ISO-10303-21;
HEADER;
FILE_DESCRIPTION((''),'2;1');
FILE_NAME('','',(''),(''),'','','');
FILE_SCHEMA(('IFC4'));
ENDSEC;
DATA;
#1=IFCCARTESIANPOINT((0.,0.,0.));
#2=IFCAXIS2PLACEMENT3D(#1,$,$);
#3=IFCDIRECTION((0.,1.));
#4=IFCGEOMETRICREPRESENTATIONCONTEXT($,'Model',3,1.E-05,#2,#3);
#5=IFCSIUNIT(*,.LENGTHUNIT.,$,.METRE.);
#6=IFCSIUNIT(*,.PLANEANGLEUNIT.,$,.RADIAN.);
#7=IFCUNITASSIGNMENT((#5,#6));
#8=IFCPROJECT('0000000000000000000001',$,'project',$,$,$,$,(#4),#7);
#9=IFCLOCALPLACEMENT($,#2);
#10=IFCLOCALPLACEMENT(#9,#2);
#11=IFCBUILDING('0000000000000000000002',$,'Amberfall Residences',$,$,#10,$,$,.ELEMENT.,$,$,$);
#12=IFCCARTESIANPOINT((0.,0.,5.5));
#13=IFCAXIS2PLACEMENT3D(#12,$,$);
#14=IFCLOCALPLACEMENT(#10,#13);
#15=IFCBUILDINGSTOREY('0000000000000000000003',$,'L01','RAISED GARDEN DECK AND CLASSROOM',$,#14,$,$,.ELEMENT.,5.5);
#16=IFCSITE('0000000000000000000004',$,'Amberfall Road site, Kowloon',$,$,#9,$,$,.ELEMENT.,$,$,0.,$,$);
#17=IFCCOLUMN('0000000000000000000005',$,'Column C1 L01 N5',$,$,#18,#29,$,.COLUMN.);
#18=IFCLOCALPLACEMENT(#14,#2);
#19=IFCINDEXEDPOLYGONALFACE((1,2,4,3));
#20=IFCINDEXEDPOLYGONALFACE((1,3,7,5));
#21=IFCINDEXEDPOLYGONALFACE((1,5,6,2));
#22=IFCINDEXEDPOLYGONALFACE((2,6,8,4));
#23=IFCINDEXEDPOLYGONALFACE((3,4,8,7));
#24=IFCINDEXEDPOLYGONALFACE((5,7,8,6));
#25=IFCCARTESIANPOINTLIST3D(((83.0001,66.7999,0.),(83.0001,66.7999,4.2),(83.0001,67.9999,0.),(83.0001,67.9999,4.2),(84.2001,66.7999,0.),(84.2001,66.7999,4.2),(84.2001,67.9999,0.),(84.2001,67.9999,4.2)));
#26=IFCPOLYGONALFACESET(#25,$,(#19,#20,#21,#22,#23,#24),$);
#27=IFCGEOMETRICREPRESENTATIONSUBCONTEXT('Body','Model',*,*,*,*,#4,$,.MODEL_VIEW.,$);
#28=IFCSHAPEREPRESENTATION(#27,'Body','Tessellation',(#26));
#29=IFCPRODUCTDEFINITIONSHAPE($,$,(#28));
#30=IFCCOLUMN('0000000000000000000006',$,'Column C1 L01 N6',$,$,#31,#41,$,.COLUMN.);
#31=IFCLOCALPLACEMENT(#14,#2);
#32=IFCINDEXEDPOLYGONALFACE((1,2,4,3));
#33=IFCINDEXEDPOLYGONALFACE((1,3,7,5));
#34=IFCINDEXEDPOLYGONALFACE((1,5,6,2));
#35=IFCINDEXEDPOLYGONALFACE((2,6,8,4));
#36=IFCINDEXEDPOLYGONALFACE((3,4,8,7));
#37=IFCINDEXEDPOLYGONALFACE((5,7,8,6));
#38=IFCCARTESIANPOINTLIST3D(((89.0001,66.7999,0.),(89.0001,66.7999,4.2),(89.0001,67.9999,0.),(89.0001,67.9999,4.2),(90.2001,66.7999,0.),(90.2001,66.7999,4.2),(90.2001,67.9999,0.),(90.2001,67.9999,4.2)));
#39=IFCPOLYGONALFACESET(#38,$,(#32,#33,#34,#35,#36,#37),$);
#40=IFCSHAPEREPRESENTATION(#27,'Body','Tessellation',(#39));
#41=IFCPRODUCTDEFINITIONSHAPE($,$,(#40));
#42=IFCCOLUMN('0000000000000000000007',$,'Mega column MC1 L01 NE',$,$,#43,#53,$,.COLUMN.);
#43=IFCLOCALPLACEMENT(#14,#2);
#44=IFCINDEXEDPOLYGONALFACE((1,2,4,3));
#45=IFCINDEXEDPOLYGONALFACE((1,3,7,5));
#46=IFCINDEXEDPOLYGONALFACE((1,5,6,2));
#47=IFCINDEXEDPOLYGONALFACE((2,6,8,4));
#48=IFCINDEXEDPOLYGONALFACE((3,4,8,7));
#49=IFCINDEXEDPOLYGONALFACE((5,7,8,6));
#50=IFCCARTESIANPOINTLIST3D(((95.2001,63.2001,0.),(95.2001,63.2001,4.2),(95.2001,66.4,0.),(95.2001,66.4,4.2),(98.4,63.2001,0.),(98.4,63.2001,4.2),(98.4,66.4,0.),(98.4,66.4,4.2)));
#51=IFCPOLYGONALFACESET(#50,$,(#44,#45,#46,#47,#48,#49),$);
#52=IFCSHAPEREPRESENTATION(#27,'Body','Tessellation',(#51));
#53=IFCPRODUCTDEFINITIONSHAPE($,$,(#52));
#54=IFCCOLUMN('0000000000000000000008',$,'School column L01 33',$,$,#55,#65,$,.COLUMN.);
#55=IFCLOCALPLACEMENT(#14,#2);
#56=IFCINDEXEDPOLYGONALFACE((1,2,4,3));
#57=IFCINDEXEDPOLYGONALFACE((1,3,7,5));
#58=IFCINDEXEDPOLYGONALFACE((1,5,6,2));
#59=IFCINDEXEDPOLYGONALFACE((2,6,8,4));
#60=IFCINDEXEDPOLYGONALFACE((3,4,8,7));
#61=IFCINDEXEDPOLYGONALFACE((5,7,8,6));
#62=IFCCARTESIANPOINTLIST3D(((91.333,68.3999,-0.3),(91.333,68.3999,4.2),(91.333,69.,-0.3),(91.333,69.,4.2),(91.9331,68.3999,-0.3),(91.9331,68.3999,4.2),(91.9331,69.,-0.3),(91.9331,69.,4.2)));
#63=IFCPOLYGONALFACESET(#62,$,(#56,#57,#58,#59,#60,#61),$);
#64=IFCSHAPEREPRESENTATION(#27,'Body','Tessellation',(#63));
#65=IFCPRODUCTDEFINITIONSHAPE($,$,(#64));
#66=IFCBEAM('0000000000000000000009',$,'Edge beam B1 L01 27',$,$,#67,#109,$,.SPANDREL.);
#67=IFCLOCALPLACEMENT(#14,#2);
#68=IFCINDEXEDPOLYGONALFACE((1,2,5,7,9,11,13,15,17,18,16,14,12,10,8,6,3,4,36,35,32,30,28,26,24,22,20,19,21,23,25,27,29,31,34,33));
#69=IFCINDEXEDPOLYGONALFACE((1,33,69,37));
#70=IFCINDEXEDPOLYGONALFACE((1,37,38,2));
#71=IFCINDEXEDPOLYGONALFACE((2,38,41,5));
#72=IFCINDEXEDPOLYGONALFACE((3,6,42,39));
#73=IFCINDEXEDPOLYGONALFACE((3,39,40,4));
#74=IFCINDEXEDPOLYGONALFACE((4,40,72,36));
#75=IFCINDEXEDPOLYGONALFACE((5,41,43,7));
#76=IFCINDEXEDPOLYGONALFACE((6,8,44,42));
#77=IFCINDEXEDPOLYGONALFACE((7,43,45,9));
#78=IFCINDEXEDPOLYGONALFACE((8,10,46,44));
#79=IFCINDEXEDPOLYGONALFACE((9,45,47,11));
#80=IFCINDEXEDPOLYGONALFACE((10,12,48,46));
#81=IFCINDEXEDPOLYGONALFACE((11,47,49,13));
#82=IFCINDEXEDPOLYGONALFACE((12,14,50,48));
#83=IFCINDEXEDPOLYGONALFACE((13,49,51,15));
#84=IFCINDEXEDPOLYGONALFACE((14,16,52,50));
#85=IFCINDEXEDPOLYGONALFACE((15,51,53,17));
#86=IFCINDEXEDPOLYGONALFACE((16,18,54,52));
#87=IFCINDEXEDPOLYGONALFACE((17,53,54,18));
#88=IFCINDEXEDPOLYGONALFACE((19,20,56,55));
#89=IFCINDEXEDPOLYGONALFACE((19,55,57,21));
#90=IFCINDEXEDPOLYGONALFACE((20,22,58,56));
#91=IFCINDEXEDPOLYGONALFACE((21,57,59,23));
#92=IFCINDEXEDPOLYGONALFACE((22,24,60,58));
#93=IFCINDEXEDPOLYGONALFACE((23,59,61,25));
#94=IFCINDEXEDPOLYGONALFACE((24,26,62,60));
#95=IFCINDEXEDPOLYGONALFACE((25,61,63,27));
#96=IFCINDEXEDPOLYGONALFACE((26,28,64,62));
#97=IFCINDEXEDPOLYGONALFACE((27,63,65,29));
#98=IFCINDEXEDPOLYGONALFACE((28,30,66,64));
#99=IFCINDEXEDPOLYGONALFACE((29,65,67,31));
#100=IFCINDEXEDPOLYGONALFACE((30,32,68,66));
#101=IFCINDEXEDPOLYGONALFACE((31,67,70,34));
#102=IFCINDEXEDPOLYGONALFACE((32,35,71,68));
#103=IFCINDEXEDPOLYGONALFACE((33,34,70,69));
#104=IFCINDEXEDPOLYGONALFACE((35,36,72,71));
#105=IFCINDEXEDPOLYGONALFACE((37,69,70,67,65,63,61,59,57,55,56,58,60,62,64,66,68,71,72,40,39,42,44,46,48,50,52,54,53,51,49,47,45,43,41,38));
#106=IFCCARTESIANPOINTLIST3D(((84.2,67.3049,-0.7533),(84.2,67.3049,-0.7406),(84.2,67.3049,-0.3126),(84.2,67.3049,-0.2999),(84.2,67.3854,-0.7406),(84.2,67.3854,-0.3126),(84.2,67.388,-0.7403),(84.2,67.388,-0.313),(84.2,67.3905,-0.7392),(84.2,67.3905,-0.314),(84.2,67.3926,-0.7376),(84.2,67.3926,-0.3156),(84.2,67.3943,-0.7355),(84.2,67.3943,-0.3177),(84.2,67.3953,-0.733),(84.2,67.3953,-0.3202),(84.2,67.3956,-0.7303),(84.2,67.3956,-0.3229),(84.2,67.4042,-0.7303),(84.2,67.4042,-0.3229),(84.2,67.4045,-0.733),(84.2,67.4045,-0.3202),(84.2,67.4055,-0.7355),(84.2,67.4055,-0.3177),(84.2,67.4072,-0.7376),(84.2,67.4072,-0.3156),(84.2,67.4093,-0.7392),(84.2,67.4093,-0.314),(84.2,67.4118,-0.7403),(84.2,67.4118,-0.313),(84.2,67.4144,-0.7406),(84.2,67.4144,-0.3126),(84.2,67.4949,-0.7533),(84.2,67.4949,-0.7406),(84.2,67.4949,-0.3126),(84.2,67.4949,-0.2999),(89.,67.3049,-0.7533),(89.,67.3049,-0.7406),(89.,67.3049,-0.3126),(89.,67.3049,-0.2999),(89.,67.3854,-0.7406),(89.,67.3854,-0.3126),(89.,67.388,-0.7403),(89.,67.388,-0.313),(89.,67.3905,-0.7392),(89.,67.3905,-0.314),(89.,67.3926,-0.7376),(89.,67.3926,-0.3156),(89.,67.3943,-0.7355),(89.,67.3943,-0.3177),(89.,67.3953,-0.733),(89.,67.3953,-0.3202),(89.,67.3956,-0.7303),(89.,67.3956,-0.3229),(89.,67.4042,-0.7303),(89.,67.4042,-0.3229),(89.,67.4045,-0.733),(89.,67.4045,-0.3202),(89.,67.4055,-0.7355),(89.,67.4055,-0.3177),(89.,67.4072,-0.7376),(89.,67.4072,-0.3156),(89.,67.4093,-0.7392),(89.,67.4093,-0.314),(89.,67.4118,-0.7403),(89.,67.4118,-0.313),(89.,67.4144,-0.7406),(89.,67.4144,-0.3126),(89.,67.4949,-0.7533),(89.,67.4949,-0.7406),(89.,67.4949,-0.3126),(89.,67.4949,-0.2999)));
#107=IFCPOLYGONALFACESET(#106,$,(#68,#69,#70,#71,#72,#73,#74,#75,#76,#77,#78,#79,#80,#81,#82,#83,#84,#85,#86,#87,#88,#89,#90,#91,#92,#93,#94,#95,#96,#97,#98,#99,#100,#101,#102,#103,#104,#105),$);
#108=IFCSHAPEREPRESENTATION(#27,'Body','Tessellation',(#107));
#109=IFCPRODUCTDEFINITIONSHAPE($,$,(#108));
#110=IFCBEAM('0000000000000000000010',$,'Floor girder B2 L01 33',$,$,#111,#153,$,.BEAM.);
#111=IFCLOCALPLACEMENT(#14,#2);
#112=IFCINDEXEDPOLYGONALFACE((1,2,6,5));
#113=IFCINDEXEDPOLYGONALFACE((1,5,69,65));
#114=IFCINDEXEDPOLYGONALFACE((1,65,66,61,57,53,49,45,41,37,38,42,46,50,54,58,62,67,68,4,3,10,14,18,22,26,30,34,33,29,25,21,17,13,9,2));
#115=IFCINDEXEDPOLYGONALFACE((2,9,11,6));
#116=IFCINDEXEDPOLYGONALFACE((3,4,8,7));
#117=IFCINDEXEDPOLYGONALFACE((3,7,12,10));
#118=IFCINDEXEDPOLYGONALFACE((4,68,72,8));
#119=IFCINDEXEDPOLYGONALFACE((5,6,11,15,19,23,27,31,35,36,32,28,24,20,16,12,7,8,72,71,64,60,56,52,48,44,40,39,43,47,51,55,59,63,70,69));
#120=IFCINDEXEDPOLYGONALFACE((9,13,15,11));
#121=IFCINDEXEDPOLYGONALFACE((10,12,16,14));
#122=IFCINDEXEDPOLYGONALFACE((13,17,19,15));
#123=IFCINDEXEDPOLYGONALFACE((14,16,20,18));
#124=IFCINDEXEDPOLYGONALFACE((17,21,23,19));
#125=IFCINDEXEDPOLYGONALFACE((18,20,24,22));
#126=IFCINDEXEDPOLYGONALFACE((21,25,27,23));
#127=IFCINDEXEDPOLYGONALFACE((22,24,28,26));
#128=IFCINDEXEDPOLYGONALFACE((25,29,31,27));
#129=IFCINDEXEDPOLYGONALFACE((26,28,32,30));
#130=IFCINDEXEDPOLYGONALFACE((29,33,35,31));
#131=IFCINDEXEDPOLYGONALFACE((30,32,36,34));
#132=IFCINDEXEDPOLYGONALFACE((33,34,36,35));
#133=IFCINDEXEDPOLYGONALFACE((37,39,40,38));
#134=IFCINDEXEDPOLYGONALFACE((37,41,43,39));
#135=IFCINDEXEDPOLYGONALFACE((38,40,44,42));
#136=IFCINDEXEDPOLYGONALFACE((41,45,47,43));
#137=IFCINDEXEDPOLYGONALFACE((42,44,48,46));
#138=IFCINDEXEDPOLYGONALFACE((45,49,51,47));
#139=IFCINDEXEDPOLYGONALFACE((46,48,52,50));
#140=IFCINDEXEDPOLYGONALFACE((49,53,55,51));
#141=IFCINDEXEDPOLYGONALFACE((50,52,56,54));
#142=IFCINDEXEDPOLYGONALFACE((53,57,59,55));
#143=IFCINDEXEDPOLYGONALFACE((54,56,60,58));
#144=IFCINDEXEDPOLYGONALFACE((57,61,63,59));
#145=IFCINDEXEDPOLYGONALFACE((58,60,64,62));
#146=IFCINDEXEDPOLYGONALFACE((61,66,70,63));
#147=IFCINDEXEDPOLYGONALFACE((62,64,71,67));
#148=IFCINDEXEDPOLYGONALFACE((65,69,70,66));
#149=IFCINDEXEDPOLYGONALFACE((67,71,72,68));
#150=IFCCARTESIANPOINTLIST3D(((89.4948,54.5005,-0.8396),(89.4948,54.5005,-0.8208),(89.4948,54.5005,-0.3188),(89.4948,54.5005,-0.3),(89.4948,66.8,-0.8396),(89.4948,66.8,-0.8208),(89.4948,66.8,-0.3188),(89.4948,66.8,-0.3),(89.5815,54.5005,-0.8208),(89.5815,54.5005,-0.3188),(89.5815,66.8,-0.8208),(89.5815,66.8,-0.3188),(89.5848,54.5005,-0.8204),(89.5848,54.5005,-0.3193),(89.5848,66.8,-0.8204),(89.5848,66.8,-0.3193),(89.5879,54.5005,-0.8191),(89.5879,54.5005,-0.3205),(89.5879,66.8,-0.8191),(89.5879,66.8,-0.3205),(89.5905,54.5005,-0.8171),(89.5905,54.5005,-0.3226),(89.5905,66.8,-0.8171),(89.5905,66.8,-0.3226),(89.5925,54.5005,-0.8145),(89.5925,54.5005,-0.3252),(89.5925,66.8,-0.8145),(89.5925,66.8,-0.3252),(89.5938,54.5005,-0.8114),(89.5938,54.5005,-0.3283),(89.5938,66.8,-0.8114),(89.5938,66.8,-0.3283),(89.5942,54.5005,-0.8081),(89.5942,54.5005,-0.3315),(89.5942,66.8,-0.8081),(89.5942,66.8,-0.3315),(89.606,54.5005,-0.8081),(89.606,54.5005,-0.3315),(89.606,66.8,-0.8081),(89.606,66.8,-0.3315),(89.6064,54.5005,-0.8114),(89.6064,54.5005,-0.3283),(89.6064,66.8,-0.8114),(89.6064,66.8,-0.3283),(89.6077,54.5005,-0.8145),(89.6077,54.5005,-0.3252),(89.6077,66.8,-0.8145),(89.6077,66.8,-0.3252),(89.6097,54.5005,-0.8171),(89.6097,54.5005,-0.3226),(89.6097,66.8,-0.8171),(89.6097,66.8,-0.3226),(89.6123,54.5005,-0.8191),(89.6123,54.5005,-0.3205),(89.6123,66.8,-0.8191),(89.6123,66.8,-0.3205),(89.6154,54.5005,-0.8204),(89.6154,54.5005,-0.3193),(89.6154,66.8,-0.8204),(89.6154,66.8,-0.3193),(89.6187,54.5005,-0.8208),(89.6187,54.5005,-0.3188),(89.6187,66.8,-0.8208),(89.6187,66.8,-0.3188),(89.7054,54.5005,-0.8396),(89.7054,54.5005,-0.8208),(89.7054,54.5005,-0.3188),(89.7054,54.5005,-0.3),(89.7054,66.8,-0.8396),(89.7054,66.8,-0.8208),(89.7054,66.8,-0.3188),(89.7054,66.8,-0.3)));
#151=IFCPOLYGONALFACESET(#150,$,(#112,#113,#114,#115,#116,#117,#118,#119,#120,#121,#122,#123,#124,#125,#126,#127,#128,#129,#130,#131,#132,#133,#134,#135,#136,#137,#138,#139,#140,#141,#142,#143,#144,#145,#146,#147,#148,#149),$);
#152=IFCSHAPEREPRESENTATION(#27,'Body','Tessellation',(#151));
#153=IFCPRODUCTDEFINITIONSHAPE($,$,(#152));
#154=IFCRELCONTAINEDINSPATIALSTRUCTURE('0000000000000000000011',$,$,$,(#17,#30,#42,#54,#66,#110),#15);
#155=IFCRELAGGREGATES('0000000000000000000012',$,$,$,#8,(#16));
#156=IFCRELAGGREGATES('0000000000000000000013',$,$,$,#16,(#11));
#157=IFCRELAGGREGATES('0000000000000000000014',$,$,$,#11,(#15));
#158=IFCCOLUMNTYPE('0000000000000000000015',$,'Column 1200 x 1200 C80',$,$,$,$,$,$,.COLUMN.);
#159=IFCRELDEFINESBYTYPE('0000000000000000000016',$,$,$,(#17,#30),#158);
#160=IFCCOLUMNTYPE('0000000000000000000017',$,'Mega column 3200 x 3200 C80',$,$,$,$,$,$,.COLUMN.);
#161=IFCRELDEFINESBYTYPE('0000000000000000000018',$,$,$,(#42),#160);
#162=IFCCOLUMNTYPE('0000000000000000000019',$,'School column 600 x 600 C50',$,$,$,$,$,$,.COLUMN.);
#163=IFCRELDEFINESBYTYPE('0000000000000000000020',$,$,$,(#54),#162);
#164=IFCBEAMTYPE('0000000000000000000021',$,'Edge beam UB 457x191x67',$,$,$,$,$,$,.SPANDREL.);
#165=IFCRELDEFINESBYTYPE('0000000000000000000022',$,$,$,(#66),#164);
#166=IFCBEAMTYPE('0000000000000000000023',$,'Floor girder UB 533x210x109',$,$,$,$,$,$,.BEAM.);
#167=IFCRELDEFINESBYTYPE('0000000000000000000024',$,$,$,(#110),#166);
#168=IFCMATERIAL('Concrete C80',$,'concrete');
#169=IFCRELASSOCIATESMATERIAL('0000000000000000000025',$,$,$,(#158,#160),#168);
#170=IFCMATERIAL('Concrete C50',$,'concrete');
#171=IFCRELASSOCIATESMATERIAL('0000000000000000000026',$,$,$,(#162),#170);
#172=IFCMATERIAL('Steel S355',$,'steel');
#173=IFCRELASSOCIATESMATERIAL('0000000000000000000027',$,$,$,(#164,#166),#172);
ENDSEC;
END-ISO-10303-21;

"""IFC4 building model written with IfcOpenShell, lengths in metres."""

from ifc_helpers import new_model, si_unit, direction, frame, origin, origin_2d, place, context, subcontext, project, spatial, rectangle, i_section, extrude, material, material_profile, profile_set, type_object, element, save


model = new_model("IFC4")

# Units and contexts
model_context = context("Model", 3, precision=1e-05, world=origin(), true_north=direction((0.0, 1.0)))
body_context = subcontext(model_context, "Body", "Model", "MODEL_VIEW")
ifc_project = project(units=[si_unit("LENGTHUNIT", "METRE"), si_unit("PLANEANGLEUNIT", "RADIAN")], contexts=[model_context])

# Site, building, storey
site_placement = place(None, origin())
site = spatial("IfcSite", under=ifc_project, at=site_placement, Name="Amberfall Road site, Kowloon", CompositionType="ELEMENT", RefElevation=0.0)
building_placement = place(site_placement, origin())
building = spatial("IfcBuilding", under=site, at=building_placement, Name="Amberfall Residences", CompositionType="ELEMENT")
storey_placement = place(building_placement, frame((0.0, 0.0, 5.5)))
storey = spatial("IfcBuildingStorey", under=building, at=storey_placement, Name="L01", Description="RAISED GARDEN DECK AND CLASSROOM", CompositionType="ELEMENT", Elevation=5.5)

# Columns
ifc_material_1 = material(Name="Concrete C80", Category="concrete")
ifc_material_profile_1 = material_profile(ifc_material_1, rectangle(XDim=1.2, YDim=1.2, at=origin_2d()), Name="Column 1200 x 1200 C80")
ifc_profile_set_1 = profile_set([ifc_material_profile_1], Name="Concrete C80")
column_type_1 = type_object("IfcColumnType", Name="Column 1200 x 1200 C80", PredefinedType="COLUMN", material=ifc_profile_set_1)
for number, where, z_axis, x_axis, name in (
    (1, (83.6001, 67.3999, 0.0), (0.0, 0.0, 1.0), (1.0, 0.0, 0.0), "Column C1 L01 N5"),
    (2, (89.6001, 67.3999, 0.0), (0.0, 0.0, 1.0), (1.0, 0.0, 0.0), "Column C1 L01 N6"),
):
    element("IfcColumn", number, at=place(storey_placement, frame(where, z_axis=z_axis, x_axis=x_axis)), inside=storey, type_object=column_type_1, Name=name, PredefinedType="COLUMN", context=body_context, shape_type="SweptSolid", body=[
        extrude(rectangle(XDim=1.2, YDim=1.2, at=origin_2d()), origin(), (0.0, 0.0, 1.0), 4.2),
    ])
ifc_material_profile_2 = material_profile(ifc_material_1, rectangle(XDim=3.2, YDim=3.2, at=origin_2d()), Name="Mega column 3200 x 3200 C80")
ifc_profile_set_2 = profile_set([ifc_material_profile_2], Name="Concrete C80")
column_type_2 = type_object("IfcColumnType", Name="Mega column 3200 x 3200 C80", PredefinedType="COLUMN", material=ifc_profile_set_2)
column_1_placement = place(storey_placement, frame((96.8, 64.8, 0.0), z_axis=(0.0, 0.0, 1.0), x_axis=(1.0, 0.0, 0.0)))
element("IfcColumn", 3, at=column_1_placement, inside=storey, type_object=column_type_2, Name="Mega column MC1 L01 NE", PredefinedType="COLUMN", context=body_context, shape_type="SweptSolid", body=[
    extrude(rectangle(XDim=3.2, YDim=3.2, at=origin_2d()), origin(), (0.0, 0.0, 1.0), 4.2),
])
ifc_material_2 = material(Name="Concrete C50", Category="concrete")
ifc_material_profile_3 = material_profile(ifc_material_2, rectangle(XDim=0.6001, YDim=0.6001, at=origin_2d()), Name="School column 600 x 600 C50")
ifc_profile_set_3 = profile_set([ifc_material_profile_3], Name="Concrete C50")
column_type_3 = type_object("IfcColumnType", Name="School column 600 x 600 C50", PredefinedType="COLUMN", material=ifc_profile_set_3)
column_2_placement = place(storey_placement, frame((91.6331, 68.7, -0.3), z_axis=(0.0, 0.0, 1.0), x_axis=(1.0, 0.0, 0.0)))
element("IfcColumn", 4, at=column_2_placement, inside=storey, type_object=column_type_3, Name="School column L01 33", PredefinedType="COLUMN", context=body_context, shape_type="SweptSolid", body=[
    extrude(rectangle(XDim=0.6001, YDim=0.6001, at=origin_2d()), origin(), (0.0, 0.0, 1.0), 4.5),
])

# Beams
ifc_material_3 = material(Name="Steel S355", Category="steel")
ifc_material_profile_4 = material_profile(ifc_material_3, i_section(OverallWidth=0.1899, OverallDepth=0.4534, WebThickness=0.0085, FlangeThickness=0.0127, FilletRadius=0.0103, at=origin_2d()), Name="UB 457x191x67")
ifc_profile_set_4 = profile_set([ifc_material_profile_4], Name="Steel S355")
beam_type_1 = type_object("IfcBeamType", Name="Edge beam UB 457x191x67", PredefinedType="SPANDREL", material=ifc_profile_set_4)
beam_1_placement = place(storey_placement, frame((84.2, 67.3999, -0.5266), z_axis=(1.0, 0.0, 0.0), x_axis=(0.0, 1.0, 0.0)))
element("IfcBeam", 5, at=beam_1_placement, inside=storey, type_object=beam_type_1, Name="Edge beam B1 L01 27", PredefinedType="SPANDREL", context=body_context, shape_type="SweptSolid", body=[
    extrude(i_section(OverallWidth=0.1899, OverallDepth=0.4534, WebThickness=0.0085, FlangeThickness=0.0127, FilletRadius=0.0103, at=origin_2d()), origin(), (0.0, 0.0, 1.0), 4.8),
])
ifc_material_profile_5 = material_profile(ifc_material_3, i_section(OverallWidth=0.2107, OverallDepth=0.5396, WebThickness=0.0117, FlangeThickness=0.0188, FilletRadius=0.0127, at=origin_2d()), Name="UB 533x210x109")
ifc_profile_set_5 = profile_set([ifc_material_profile_5], Name="Steel S355")
beam_type_2 = type_object("IfcBeamType", Name="Floor girder UB 533x210x109", PredefinedType="BEAM", material=ifc_profile_set_5)
beam_2_placement = place(storey_placement, frame((89.6001, 66.8, -0.5698), z_axis=(0.0, -1.0, 0.0), x_axis=(1.0, 0.0, 0.0)))
element("IfcBeam", 6, at=beam_2_placement, inside=storey, type_object=beam_type_2, Name="Floor girder B2 L01 33", PredefinedType="BEAM", context=body_context, shape_type="SweptSolid", body=[
    extrude(i_section(OverallWidth=0.2107, OverallDepth=0.5396, WebThickness=0.0117, FlangeThickness=0.0188, FilletRadius=0.0127, at=origin_2d()), origin(), (0.0, 0.0, 1.0), 12.2996),
])

save(model, "model.ifc")
